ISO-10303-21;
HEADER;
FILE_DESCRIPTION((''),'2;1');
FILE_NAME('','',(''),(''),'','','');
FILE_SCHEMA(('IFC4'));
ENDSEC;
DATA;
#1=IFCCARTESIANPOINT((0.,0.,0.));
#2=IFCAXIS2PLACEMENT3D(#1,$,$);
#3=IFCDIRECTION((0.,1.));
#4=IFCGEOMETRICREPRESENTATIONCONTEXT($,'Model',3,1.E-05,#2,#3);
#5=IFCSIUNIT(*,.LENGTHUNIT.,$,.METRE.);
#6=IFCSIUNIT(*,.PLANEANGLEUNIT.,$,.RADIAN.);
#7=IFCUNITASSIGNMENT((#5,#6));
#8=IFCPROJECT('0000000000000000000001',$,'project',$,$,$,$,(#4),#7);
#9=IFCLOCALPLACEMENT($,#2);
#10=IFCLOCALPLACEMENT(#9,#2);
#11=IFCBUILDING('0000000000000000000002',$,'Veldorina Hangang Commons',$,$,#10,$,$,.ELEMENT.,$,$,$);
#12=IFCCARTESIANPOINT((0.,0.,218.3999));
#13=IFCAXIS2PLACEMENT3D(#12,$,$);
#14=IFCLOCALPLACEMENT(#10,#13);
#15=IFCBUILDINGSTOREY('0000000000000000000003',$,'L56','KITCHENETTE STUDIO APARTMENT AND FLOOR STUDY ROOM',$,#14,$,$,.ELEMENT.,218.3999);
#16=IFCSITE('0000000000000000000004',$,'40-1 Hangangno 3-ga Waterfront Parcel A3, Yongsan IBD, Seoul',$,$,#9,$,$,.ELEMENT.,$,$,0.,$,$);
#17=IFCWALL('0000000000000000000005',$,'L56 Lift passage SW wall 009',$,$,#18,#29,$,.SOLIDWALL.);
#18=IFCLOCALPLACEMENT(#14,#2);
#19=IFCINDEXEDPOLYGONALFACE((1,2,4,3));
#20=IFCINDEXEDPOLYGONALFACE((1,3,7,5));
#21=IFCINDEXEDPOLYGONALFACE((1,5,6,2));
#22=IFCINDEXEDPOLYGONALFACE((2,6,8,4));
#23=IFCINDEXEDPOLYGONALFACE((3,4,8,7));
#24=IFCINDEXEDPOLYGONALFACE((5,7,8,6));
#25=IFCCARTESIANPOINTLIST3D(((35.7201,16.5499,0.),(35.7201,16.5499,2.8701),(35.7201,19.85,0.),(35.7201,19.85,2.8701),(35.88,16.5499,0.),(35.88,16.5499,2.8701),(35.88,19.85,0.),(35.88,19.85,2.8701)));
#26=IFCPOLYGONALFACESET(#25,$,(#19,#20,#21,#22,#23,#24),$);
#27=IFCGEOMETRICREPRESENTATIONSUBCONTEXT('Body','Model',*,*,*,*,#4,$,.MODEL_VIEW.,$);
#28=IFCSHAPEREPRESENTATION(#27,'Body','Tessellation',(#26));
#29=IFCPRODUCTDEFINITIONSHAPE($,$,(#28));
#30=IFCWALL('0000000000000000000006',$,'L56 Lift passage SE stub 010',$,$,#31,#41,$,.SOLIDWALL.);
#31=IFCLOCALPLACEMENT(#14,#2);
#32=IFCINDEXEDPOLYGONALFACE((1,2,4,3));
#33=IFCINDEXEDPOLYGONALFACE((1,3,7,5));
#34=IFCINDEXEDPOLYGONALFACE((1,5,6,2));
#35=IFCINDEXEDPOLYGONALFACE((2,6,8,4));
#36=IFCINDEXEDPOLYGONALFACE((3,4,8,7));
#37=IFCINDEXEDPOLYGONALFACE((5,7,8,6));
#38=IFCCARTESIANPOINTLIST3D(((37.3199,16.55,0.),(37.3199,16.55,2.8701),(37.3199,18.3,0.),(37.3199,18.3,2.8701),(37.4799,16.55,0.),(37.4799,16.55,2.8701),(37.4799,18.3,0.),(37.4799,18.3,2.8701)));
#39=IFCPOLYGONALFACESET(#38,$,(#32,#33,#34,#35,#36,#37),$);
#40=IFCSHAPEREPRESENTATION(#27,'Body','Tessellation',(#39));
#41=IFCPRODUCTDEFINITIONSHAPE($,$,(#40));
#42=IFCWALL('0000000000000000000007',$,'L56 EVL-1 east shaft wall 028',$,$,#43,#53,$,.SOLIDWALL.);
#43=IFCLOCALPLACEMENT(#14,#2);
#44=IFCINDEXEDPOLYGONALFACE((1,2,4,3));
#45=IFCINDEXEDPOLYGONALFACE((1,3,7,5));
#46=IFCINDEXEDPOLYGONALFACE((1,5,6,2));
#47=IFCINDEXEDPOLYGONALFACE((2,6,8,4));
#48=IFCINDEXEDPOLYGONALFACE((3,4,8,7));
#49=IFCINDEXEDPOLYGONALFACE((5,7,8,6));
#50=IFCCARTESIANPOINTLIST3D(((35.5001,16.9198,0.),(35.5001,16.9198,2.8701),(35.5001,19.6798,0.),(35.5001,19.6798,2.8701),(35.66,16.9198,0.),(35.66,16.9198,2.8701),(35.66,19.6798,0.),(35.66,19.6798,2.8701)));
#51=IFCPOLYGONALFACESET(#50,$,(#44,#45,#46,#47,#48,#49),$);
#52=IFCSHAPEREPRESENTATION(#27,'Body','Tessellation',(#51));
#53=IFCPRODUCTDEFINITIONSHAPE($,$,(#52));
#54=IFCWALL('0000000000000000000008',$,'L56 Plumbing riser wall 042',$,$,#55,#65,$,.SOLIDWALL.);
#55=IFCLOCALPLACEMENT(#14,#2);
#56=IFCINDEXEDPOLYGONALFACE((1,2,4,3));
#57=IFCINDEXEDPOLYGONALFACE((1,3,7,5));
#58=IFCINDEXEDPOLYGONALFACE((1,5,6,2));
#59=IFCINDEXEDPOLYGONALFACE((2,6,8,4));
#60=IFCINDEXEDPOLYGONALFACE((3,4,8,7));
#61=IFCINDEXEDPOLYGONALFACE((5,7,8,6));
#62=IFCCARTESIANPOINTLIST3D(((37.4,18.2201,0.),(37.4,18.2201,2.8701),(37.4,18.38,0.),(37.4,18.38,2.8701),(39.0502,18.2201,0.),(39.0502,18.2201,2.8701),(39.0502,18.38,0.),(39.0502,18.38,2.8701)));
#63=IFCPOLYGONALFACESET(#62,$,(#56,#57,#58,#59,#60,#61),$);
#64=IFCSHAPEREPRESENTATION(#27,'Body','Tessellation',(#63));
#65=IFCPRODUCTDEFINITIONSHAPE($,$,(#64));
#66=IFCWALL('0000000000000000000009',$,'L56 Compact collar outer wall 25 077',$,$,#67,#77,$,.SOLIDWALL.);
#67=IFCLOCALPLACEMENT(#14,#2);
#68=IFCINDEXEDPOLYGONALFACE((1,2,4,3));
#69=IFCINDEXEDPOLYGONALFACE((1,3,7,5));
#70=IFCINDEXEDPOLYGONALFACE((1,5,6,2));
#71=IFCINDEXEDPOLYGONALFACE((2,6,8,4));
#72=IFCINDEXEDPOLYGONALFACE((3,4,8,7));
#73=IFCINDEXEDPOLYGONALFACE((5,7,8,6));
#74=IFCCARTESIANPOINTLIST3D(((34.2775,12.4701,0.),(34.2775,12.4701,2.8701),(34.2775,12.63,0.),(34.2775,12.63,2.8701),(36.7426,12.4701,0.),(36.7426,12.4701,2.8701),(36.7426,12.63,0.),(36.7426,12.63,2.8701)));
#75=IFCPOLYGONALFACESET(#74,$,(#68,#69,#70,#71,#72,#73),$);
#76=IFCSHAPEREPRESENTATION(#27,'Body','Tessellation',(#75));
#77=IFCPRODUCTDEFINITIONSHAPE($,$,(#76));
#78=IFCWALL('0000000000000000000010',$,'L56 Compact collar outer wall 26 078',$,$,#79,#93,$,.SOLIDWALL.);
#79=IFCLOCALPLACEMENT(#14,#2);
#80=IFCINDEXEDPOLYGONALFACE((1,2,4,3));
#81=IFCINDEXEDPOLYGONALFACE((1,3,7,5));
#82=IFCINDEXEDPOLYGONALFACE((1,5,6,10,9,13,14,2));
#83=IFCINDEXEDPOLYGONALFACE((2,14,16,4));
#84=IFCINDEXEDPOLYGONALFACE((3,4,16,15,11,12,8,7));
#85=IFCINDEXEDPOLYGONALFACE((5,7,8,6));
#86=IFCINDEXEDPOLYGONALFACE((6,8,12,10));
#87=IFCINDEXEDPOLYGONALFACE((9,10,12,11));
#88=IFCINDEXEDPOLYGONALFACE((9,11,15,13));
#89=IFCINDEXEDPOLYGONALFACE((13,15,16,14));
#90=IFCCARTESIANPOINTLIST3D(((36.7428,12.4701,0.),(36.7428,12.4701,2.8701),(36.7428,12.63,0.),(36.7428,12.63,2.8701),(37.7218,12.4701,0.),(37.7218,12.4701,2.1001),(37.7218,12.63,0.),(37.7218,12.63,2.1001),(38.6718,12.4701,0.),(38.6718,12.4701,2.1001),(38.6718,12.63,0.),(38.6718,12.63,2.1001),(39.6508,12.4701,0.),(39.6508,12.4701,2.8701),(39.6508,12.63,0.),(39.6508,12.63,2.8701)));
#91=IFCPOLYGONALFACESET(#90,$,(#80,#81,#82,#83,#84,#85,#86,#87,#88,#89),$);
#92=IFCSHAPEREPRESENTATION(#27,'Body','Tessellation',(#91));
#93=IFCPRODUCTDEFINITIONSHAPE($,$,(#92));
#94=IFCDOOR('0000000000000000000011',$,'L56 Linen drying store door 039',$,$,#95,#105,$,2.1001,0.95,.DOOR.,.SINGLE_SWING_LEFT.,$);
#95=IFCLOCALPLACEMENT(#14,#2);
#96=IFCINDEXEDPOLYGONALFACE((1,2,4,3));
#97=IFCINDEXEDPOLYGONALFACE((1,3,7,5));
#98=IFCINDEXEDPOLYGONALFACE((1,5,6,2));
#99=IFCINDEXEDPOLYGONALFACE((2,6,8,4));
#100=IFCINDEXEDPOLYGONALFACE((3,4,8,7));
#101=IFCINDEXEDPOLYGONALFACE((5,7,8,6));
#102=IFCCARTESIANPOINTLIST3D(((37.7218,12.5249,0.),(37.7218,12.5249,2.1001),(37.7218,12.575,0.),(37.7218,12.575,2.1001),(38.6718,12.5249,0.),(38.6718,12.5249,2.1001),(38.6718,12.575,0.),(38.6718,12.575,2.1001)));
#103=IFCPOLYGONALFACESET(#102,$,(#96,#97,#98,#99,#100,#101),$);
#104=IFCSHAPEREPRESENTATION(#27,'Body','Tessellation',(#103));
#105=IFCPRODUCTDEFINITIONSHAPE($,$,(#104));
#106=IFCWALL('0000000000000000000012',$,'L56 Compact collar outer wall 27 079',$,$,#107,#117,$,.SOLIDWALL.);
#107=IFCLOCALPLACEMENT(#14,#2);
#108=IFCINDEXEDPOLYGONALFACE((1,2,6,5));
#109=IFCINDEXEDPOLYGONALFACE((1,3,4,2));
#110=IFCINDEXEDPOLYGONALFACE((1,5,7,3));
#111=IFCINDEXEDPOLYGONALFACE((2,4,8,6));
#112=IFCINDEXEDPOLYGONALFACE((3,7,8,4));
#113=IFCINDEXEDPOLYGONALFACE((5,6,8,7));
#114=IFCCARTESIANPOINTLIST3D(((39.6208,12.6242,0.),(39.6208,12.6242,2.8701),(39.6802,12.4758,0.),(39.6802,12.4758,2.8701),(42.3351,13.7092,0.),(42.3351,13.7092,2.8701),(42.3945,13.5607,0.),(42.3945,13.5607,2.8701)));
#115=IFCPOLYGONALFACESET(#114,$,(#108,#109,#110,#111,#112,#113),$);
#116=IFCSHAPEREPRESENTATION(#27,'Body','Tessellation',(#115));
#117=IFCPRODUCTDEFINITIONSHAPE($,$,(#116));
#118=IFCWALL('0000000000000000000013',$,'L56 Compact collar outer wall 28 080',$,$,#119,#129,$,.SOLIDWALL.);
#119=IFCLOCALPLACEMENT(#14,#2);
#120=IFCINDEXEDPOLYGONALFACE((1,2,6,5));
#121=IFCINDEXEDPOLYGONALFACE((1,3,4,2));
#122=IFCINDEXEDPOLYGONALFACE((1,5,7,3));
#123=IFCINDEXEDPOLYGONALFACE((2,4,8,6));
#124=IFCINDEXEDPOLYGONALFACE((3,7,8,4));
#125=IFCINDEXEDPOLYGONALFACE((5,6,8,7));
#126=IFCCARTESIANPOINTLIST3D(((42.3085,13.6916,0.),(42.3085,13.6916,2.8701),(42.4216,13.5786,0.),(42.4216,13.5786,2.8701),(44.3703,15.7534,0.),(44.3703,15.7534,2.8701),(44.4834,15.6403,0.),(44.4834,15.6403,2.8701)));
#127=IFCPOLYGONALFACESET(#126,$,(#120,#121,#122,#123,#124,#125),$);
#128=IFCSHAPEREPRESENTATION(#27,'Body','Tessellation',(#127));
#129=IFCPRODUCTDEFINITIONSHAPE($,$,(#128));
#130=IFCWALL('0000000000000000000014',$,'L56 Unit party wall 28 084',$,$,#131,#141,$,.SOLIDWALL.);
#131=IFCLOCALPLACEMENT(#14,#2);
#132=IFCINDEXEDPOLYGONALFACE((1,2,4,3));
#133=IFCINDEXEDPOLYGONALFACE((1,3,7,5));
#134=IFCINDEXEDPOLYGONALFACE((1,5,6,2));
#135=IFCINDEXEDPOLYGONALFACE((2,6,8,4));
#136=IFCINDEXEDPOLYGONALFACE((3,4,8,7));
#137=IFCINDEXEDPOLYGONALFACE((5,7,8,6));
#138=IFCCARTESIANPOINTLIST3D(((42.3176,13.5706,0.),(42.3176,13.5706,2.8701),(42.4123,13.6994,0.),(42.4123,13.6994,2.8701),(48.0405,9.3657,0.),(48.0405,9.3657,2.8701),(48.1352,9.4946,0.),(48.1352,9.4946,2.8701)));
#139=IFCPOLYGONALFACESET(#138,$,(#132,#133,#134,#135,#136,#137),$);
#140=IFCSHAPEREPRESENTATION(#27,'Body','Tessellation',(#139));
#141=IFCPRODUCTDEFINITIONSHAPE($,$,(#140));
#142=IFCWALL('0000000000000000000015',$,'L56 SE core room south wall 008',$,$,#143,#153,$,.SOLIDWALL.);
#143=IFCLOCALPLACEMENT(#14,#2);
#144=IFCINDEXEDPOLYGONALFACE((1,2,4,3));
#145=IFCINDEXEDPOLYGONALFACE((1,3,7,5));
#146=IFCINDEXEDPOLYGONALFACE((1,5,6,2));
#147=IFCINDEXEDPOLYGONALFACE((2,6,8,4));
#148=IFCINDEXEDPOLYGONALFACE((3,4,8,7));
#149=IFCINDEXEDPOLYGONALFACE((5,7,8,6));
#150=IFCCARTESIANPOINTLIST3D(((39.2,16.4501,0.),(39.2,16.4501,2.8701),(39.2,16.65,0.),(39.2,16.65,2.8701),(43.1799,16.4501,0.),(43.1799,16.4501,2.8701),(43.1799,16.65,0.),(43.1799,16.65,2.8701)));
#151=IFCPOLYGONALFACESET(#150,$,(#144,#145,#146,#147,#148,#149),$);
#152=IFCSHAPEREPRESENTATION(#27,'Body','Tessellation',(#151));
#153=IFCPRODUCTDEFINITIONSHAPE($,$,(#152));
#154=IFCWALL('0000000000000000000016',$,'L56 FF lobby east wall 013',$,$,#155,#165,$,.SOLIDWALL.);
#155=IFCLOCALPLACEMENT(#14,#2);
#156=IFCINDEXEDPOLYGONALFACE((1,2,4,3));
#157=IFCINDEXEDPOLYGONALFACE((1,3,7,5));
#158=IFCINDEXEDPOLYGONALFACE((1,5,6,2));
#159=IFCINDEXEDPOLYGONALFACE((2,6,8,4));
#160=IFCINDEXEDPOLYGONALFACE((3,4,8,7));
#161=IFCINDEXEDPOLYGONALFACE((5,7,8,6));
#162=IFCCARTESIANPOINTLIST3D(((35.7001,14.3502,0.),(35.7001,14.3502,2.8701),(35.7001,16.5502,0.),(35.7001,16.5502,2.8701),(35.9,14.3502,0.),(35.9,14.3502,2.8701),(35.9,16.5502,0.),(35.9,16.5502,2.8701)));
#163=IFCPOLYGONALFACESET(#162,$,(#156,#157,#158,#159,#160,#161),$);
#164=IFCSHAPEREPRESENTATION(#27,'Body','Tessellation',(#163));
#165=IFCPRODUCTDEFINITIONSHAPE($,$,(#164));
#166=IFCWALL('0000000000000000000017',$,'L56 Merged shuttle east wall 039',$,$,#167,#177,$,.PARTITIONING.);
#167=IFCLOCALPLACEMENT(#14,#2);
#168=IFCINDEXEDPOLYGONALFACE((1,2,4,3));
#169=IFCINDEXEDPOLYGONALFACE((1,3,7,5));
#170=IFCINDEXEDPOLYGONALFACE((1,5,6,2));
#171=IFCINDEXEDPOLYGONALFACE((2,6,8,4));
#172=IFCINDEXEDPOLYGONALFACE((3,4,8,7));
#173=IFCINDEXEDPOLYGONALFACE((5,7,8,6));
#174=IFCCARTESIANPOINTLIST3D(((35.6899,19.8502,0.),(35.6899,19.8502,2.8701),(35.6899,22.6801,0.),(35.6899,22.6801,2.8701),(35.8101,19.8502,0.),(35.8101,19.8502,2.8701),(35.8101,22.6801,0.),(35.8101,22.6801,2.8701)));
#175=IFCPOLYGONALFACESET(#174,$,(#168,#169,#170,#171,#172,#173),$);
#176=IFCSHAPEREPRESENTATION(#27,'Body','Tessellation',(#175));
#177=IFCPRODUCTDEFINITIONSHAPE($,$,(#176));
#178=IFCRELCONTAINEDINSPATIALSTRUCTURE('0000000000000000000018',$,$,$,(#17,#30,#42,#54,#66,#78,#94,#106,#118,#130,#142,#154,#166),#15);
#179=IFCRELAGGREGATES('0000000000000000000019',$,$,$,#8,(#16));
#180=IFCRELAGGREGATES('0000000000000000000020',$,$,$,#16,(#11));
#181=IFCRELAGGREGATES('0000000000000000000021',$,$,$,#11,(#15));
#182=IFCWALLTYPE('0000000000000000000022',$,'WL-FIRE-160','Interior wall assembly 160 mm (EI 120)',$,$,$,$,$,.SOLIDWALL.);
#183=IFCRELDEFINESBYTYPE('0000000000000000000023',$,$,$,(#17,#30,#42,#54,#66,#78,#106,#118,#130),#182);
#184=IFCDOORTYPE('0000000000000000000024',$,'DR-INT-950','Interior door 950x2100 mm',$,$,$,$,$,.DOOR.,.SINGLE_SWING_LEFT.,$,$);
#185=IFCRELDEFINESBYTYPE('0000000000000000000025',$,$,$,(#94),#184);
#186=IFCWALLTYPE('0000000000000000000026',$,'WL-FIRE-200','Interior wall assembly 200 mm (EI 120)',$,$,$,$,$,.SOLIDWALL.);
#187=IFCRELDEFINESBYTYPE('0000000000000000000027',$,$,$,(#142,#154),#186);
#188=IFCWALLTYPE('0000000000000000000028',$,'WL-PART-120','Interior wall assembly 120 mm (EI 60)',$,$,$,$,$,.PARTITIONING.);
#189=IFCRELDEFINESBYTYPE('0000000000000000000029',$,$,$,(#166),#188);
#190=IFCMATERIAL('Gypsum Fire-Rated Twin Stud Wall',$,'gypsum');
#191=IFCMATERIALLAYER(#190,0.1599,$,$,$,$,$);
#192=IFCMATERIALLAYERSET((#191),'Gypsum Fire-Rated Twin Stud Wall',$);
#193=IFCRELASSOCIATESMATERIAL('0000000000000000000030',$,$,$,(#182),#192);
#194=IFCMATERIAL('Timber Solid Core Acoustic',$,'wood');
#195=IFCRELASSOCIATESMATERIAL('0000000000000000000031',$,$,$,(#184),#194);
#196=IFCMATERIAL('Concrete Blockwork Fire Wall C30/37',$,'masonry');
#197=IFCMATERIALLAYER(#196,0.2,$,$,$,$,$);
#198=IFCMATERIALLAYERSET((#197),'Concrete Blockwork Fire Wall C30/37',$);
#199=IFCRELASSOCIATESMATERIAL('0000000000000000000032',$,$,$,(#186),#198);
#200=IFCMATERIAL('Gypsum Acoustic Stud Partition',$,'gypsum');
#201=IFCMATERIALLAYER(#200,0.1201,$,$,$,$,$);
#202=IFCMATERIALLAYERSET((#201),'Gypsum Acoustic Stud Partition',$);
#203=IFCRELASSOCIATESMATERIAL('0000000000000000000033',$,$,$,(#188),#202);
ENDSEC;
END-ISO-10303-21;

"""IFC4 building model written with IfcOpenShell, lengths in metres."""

from ifc_helpers import new_model, si_unit, direction, frame, frame_2d, origin, place, context, subcontext, project, spatial, rectangle, extrude, material, layer, layer_set, type_object, element, fill, save


model = new_model("IFC4")

# Units and contexts
model_context = context("Model", 3, precision=1e-05, world=origin(), true_north=direction((0.0, 1.0)))
body_context = subcontext(model_context, "Body", "Model", "MODEL_VIEW")
ifc_project = project(units=[si_unit("LENGTHUNIT", "METRE"), si_unit("PLANEANGLEUNIT", "RADIAN")], contexts=[model_context])

# Site, building, storey
site_placement = place(None, origin())
site = spatial("IfcSite", under=ifc_project, at=site_placement, Name="40-1 Hangangno 3-ga Waterfront Parcel A3, Yongsan IBD, Seoul", CompositionType="ELEMENT", RefElevation=0.0)
building_placement = place(site_placement, origin())
building = spatial("IfcBuilding", under=site, at=building_placement, Name="Veldorina Hangang Commons", CompositionType="ELEMENT")
storey_placement = place(building_placement, frame((0.0, 0.0, 218.3999)))
storey = spatial("IfcBuildingStorey", under=building, at=storey_placement, Name="L56", Description="KITCHENETTE STUDIO APARTMENT AND FLOOR STUDY ROOM", CompositionType="ELEMENT", Elevation=218.3999)

# Walls
ifc_material_1 = material(Name="Gypsum Fire-Rated Twin Stud Wall", Category="gypsum")
ifc_layer_1 = layer(ifc_material_1, 0.1599)
ifc_layer_set_1 = layer_set([ifc_layer_1], Name="Gypsum Fire-Rated Twin Stud Wall")
wall_type_1 = type_object("IfcWallType", Name="WL-FIRE-160", Description="Interior wall assembly 160 mm (EI 120)", PredefinedType="SOLIDWALL", material=ifc_layer_set_1)
wall_1_placement = place(storey_placement, frame((35.8, 16.55, 0.0), z_axis=(0.0, 0.0, 1.0), x_axis=(0.0, 1.0, 0.0)))
element("IfcWall", 1, at=wall_1_placement, inside=storey, type_object=wall_type_1, Name="L56 Lift passage SW wall 009", PredefinedType="SOLIDWALL", context=body_context, shape_type="SweptSolid", body=[
    extrude(rectangle(XDim=3.3, YDim=0.1599, at=frame_2d((1.6499, 0.0))), origin(), (0.0, 0.0, 1.0), 2.8701),
])
wall_2_placement = place(storey_placement, frame((37.3999, 16.55, 0.0), z_axis=(0.0, 0.0, 1.0), x_axis=(0.0, 1.0, 0.0)))
element("IfcWall", 2, at=wall_2_placement, inside=storey, type_object=wall_type_1, Name="L56 Lift passage SE stub 010", PredefinedType="SOLIDWALL", context=body_context, shape_type="SweptSolid", body=[
    extrude(rectangle(XDim=1.75, YDim=0.1599, at=frame_2d((0.875, 0.0))), origin(), (0.0, 0.0, 1.0), 2.8701),
])
wall_3_placement = place(storey_placement, frame((35.5801, 16.9199, 0.0), z_axis=(0.0, 0.0, 1.0), x_axis=(0.0, 1.0, 0.0)))
element("IfcWall", 3, at=wall_3_placement, inside=storey, type_object=wall_type_1, Name="L56 EVL-1 east shaft wall 028", PredefinedType="SOLIDWALL", context=body_context, shape_type="SweptSolid", body=[
    extrude(rectangle(XDim=2.76, YDim=0.1599, at=frame_2d((1.3799, 0.0))), origin(), (0.0, 0.0, 1.0), 2.8701),
])
wall_4_placement = place(storey_placement, frame((37.3999, 18.3, 0.0), z_axis=(0.0, 0.0, 1.0), x_axis=(1.0, 0.0, 0.0)))
element("IfcWall", 4, at=wall_4_placement, inside=storey, type_object=wall_type_1, Name="L56 Plumbing riser wall 042", PredefinedType="SOLIDWALL", context=body_context, shape_type="SweptSolid", body=[
    extrude(rectangle(XDim=1.6501, YDim=0.1599, at=frame_2d((0.8252, 0.0))), origin(), (0.0, 0.0, 1.0), 2.8701),
])
wall_5_placement = place(storey_placement, frame((34.2776, 12.55, 0.0), z_axis=(0.0, 0.0, 1.0), x_axis=(1.0, 0.0, 0.0)))
element("IfcWall", 5, at=wall_5_placement, inside=storey, type_object=wall_type_1, Name="L56 Compact collar outer wall 25 077", PredefinedType="SOLIDWALL", context=body_context, shape_type="SweptSolid", body=[
    extrude(rectangle(XDim=2.4651, YDim=0.1599, at=frame_2d((1.2324, 0.0))), origin(), (0.0, 0.0, 1.0), 2.8701),
])

# Wall, opening, door
wall_6_placement = place(storey_placement, frame((36.7427, 12.55, 0.0), z_axis=(0.0, 0.0, 1.0), x_axis=(1.0, 0.0, 0.0)))
wall_6 = element("IfcWall", 6, at=wall_6_placement, inside=storey, type_object=wall_type_1, Name="L56 Compact collar outer wall 26 078", PredefinedType="SOLIDWALL", context=body_context, shape_type="SweptSolid", body=[
    extrude(rectangle(XDim=2.908, YDim=0.1599, at=frame_2d((1.4541, 0.0))), origin(), (0.0, 0.0, 1.0), 2.8701),
])
opening_1_placement = place(wall_6_placement, frame((0.979, 0.0, 0.0)))
opening_1 = element("IfcOpeningElement", 7, at=opening_1_placement, cuts=wall_6, PredefinedType="OPENING", context=body_context, shape_type="SweptSolid", body=[
    extrude(rectangle(XDim=0.95, YDim=2.1001, at=frame_2d((0.4751, 1.05))), frame((0.0, 0.0898, 0.0), z_axis=(0.0, -1.0, 0.0), x_axis=(1.0, 0.0, 0.0)), (0.0, 0.0, 1.0), 0.1799),
])
ifc_material_2 = material(Name="Timber Solid Core Acoustic", Category="wood")
door_type_1 = type_object("IfcDoorType", Name="DR-INT-950", Description="Interior door 950x2100 mm", OperationType="SINGLE_SWING_LEFT", PredefinedType="DOOR", material=ifc_material_2)
door_1_placement = place(opening_1_placement, origin())
door_1 = element("IfcDoor", 8, at=door_1_placement, inside=storey, type_object=door_type_1, Name="L56 Linen drying store door 039", OperationType="SINGLE_SWING_LEFT", OverallHeight=2.1001, OverallWidth=0.95, PredefinedType="DOOR", context=body_context, shape_type="SweptSolid", body=[
    extrude(rectangle(XDim=0.95, YDim=2.1001, at=frame_2d((0.4751, 1.05))), frame((0.0, 0.0249, 0.0), z_axis=(0.0, -1.0, 0.0), x_axis=(1.0, 0.0, 0.0)), (0.0, 0.0, 1.0), 0.05),
])
fill(opening_1, door_1)

# Walls
wall_7_placement = place(storey_placement, frame((39.6506, 12.55, 0.0), z_axis=(0.0, 0.0, 1.0), x_axis=(0.928569, 0.37116, 0.0)))
element("IfcWall", 9, at=wall_7_placement, inside=storey, type_object=wall_type_1, Name="L56 Compact collar outer wall 27 079", PredefinedType="SOLIDWALL", context=body_context, shape_type="SweptSolid", body=[
    extrude(rectangle(XDim=2.9231, YDim=0.1599, at=frame_2d((1.4614, 0.0))), origin(), (0.0, 0.0, 1.0), 2.8701),
])
wall_8_placement = place(storey_placement, frame((42.365, 13.635, 0.0), z_axis=(0.0, 0.0, 1.0), x_axis=(0.707107, 0.707107, 0.0)))
element("IfcWall", 10, at=wall_8_placement, inside=storey, type_object=wall_type_1, Name="L56 Compact collar outer wall 28 080", PredefinedType="SOLIDWALL", context=body_context, shape_type="SweptSolid", body=[
    extrude(rectangle(XDim=2.9158, YDim=0.1599, at=frame_2d((1.458, 0.0))), origin(), (0.0, 0.0, 1.0), 2.8701),
])
wall_9_placement = place(storey_placement, frame((42.365, 13.635, 0.0), z_axis=(0.0, 0.0, 1.0), x_axis=(0.805865, -0.5921, 0.0)))
element("IfcWall", 11, at=wall_9_placement, inside=storey, type_object=wall_type_1, Name="L56 Unit party wall 28 084", PredefinedType="SOLIDWALL", context=body_context, shape_type="SweptSolid", body=[
    extrude(rectangle(XDim=7.1016, YDim=0.1599, at=frame_2d((3.5508, 0.0))), origin(), (0.0, 0.0, 1.0), 2.8701),
])
ifc_material_3 = material(Name="Concrete Blockwork Fire Wall C30/37", Category="masonry")
ifc_layer_2 = layer(ifc_material_3, 0.2)
ifc_layer_set_2 = layer_set([ifc_layer_2], Name="Concrete Blockwork Fire Wall C30/37")
wall_type_2 = type_object("IfcWallType", Name="WL-FIRE-200", Description="Interior wall assembly 200 mm (EI 120)", PredefinedType="SOLIDWALL", material=ifc_layer_set_2)
wall_10_placement = place(storey_placement, frame((39.2, 16.55, 0.0), z_axis=(0.0, 0.0, 1.0), x_axis=(1.0, 0.0, 0.0)))
element("IfcWall", 12, at=wall_10_placement, inside=storey, type_object=wall_type_2, Name="L56 SE core room south wall 008", PredefinedType="SOLIDWALL", context=body_context, shape_type="SweptSolid", body=[
    extrude(rectangle(XDim=3.98, YDim=0.2, at=frame_2d((1.99, 0.0))), origin(), (0.0, 0.0, 1.0), 2.8701),
])
wall_11_placement = place(storey_placement, frame((35.8, 14.3501, 0.0), z_axis=(0.0, 0.0, 1.0), x_axis=(0.0, 1.0, 0.0)))
element("IfcWall", 13, at=wall_11_placement, inside=storey, type_object=wall_type_2, Name="L56 FF lobby east wall 013", PredefinedType="SOLIDWALL", context=body_context, shape_type="SweptSolid", body=[
    extrude(rectangle(XDim=2.2, YDim=0.2, at=frame_2d((1.1001, 0.0))), origin(), (0.0, 0.0, 1.0), 2.8701),
])
ifc_material_4 = material(Name="Gypsum Acoustic Stud Partition", Category="gypsum")
ifc_layer_3 = layer(ifc_material_4, 0.1201)
ifc_layer_set_3 = layer_set([ifc_layer_3], Name="Gypsum Acoustic Stud Partition")
wall_type_3 = type_object("IfcWallType", Name="WL-PART-120", Description="Interior wall assembly 120 mm (EI 60)", PredefinedType="PARTITIONING", material=ifc_layer_set_3)
wall_12_placement = place(storey_placement, frame((35.75, 19.8501, 0.0), z_axis=(0.0, 0.0, 1.0), x_axis=(0.0, 1.0, 0.0)))
element("IfcWall", 14, at=wall_12_placement, inside=storey, type_object=wall_type_3, Name="L56 Merged shuttle east wall 039", PredefinedType="PARTITIONING", context=body_context, shape_type="SweptSolid", body=[
    extrude(rectangle(XDim=2.8298, YDim=0.1201, at=frame_2d((1.415, 0.0))), origin(), (0.0, 0.0, 1.0), 2.8701),
])

save(model, "model.ifc")
